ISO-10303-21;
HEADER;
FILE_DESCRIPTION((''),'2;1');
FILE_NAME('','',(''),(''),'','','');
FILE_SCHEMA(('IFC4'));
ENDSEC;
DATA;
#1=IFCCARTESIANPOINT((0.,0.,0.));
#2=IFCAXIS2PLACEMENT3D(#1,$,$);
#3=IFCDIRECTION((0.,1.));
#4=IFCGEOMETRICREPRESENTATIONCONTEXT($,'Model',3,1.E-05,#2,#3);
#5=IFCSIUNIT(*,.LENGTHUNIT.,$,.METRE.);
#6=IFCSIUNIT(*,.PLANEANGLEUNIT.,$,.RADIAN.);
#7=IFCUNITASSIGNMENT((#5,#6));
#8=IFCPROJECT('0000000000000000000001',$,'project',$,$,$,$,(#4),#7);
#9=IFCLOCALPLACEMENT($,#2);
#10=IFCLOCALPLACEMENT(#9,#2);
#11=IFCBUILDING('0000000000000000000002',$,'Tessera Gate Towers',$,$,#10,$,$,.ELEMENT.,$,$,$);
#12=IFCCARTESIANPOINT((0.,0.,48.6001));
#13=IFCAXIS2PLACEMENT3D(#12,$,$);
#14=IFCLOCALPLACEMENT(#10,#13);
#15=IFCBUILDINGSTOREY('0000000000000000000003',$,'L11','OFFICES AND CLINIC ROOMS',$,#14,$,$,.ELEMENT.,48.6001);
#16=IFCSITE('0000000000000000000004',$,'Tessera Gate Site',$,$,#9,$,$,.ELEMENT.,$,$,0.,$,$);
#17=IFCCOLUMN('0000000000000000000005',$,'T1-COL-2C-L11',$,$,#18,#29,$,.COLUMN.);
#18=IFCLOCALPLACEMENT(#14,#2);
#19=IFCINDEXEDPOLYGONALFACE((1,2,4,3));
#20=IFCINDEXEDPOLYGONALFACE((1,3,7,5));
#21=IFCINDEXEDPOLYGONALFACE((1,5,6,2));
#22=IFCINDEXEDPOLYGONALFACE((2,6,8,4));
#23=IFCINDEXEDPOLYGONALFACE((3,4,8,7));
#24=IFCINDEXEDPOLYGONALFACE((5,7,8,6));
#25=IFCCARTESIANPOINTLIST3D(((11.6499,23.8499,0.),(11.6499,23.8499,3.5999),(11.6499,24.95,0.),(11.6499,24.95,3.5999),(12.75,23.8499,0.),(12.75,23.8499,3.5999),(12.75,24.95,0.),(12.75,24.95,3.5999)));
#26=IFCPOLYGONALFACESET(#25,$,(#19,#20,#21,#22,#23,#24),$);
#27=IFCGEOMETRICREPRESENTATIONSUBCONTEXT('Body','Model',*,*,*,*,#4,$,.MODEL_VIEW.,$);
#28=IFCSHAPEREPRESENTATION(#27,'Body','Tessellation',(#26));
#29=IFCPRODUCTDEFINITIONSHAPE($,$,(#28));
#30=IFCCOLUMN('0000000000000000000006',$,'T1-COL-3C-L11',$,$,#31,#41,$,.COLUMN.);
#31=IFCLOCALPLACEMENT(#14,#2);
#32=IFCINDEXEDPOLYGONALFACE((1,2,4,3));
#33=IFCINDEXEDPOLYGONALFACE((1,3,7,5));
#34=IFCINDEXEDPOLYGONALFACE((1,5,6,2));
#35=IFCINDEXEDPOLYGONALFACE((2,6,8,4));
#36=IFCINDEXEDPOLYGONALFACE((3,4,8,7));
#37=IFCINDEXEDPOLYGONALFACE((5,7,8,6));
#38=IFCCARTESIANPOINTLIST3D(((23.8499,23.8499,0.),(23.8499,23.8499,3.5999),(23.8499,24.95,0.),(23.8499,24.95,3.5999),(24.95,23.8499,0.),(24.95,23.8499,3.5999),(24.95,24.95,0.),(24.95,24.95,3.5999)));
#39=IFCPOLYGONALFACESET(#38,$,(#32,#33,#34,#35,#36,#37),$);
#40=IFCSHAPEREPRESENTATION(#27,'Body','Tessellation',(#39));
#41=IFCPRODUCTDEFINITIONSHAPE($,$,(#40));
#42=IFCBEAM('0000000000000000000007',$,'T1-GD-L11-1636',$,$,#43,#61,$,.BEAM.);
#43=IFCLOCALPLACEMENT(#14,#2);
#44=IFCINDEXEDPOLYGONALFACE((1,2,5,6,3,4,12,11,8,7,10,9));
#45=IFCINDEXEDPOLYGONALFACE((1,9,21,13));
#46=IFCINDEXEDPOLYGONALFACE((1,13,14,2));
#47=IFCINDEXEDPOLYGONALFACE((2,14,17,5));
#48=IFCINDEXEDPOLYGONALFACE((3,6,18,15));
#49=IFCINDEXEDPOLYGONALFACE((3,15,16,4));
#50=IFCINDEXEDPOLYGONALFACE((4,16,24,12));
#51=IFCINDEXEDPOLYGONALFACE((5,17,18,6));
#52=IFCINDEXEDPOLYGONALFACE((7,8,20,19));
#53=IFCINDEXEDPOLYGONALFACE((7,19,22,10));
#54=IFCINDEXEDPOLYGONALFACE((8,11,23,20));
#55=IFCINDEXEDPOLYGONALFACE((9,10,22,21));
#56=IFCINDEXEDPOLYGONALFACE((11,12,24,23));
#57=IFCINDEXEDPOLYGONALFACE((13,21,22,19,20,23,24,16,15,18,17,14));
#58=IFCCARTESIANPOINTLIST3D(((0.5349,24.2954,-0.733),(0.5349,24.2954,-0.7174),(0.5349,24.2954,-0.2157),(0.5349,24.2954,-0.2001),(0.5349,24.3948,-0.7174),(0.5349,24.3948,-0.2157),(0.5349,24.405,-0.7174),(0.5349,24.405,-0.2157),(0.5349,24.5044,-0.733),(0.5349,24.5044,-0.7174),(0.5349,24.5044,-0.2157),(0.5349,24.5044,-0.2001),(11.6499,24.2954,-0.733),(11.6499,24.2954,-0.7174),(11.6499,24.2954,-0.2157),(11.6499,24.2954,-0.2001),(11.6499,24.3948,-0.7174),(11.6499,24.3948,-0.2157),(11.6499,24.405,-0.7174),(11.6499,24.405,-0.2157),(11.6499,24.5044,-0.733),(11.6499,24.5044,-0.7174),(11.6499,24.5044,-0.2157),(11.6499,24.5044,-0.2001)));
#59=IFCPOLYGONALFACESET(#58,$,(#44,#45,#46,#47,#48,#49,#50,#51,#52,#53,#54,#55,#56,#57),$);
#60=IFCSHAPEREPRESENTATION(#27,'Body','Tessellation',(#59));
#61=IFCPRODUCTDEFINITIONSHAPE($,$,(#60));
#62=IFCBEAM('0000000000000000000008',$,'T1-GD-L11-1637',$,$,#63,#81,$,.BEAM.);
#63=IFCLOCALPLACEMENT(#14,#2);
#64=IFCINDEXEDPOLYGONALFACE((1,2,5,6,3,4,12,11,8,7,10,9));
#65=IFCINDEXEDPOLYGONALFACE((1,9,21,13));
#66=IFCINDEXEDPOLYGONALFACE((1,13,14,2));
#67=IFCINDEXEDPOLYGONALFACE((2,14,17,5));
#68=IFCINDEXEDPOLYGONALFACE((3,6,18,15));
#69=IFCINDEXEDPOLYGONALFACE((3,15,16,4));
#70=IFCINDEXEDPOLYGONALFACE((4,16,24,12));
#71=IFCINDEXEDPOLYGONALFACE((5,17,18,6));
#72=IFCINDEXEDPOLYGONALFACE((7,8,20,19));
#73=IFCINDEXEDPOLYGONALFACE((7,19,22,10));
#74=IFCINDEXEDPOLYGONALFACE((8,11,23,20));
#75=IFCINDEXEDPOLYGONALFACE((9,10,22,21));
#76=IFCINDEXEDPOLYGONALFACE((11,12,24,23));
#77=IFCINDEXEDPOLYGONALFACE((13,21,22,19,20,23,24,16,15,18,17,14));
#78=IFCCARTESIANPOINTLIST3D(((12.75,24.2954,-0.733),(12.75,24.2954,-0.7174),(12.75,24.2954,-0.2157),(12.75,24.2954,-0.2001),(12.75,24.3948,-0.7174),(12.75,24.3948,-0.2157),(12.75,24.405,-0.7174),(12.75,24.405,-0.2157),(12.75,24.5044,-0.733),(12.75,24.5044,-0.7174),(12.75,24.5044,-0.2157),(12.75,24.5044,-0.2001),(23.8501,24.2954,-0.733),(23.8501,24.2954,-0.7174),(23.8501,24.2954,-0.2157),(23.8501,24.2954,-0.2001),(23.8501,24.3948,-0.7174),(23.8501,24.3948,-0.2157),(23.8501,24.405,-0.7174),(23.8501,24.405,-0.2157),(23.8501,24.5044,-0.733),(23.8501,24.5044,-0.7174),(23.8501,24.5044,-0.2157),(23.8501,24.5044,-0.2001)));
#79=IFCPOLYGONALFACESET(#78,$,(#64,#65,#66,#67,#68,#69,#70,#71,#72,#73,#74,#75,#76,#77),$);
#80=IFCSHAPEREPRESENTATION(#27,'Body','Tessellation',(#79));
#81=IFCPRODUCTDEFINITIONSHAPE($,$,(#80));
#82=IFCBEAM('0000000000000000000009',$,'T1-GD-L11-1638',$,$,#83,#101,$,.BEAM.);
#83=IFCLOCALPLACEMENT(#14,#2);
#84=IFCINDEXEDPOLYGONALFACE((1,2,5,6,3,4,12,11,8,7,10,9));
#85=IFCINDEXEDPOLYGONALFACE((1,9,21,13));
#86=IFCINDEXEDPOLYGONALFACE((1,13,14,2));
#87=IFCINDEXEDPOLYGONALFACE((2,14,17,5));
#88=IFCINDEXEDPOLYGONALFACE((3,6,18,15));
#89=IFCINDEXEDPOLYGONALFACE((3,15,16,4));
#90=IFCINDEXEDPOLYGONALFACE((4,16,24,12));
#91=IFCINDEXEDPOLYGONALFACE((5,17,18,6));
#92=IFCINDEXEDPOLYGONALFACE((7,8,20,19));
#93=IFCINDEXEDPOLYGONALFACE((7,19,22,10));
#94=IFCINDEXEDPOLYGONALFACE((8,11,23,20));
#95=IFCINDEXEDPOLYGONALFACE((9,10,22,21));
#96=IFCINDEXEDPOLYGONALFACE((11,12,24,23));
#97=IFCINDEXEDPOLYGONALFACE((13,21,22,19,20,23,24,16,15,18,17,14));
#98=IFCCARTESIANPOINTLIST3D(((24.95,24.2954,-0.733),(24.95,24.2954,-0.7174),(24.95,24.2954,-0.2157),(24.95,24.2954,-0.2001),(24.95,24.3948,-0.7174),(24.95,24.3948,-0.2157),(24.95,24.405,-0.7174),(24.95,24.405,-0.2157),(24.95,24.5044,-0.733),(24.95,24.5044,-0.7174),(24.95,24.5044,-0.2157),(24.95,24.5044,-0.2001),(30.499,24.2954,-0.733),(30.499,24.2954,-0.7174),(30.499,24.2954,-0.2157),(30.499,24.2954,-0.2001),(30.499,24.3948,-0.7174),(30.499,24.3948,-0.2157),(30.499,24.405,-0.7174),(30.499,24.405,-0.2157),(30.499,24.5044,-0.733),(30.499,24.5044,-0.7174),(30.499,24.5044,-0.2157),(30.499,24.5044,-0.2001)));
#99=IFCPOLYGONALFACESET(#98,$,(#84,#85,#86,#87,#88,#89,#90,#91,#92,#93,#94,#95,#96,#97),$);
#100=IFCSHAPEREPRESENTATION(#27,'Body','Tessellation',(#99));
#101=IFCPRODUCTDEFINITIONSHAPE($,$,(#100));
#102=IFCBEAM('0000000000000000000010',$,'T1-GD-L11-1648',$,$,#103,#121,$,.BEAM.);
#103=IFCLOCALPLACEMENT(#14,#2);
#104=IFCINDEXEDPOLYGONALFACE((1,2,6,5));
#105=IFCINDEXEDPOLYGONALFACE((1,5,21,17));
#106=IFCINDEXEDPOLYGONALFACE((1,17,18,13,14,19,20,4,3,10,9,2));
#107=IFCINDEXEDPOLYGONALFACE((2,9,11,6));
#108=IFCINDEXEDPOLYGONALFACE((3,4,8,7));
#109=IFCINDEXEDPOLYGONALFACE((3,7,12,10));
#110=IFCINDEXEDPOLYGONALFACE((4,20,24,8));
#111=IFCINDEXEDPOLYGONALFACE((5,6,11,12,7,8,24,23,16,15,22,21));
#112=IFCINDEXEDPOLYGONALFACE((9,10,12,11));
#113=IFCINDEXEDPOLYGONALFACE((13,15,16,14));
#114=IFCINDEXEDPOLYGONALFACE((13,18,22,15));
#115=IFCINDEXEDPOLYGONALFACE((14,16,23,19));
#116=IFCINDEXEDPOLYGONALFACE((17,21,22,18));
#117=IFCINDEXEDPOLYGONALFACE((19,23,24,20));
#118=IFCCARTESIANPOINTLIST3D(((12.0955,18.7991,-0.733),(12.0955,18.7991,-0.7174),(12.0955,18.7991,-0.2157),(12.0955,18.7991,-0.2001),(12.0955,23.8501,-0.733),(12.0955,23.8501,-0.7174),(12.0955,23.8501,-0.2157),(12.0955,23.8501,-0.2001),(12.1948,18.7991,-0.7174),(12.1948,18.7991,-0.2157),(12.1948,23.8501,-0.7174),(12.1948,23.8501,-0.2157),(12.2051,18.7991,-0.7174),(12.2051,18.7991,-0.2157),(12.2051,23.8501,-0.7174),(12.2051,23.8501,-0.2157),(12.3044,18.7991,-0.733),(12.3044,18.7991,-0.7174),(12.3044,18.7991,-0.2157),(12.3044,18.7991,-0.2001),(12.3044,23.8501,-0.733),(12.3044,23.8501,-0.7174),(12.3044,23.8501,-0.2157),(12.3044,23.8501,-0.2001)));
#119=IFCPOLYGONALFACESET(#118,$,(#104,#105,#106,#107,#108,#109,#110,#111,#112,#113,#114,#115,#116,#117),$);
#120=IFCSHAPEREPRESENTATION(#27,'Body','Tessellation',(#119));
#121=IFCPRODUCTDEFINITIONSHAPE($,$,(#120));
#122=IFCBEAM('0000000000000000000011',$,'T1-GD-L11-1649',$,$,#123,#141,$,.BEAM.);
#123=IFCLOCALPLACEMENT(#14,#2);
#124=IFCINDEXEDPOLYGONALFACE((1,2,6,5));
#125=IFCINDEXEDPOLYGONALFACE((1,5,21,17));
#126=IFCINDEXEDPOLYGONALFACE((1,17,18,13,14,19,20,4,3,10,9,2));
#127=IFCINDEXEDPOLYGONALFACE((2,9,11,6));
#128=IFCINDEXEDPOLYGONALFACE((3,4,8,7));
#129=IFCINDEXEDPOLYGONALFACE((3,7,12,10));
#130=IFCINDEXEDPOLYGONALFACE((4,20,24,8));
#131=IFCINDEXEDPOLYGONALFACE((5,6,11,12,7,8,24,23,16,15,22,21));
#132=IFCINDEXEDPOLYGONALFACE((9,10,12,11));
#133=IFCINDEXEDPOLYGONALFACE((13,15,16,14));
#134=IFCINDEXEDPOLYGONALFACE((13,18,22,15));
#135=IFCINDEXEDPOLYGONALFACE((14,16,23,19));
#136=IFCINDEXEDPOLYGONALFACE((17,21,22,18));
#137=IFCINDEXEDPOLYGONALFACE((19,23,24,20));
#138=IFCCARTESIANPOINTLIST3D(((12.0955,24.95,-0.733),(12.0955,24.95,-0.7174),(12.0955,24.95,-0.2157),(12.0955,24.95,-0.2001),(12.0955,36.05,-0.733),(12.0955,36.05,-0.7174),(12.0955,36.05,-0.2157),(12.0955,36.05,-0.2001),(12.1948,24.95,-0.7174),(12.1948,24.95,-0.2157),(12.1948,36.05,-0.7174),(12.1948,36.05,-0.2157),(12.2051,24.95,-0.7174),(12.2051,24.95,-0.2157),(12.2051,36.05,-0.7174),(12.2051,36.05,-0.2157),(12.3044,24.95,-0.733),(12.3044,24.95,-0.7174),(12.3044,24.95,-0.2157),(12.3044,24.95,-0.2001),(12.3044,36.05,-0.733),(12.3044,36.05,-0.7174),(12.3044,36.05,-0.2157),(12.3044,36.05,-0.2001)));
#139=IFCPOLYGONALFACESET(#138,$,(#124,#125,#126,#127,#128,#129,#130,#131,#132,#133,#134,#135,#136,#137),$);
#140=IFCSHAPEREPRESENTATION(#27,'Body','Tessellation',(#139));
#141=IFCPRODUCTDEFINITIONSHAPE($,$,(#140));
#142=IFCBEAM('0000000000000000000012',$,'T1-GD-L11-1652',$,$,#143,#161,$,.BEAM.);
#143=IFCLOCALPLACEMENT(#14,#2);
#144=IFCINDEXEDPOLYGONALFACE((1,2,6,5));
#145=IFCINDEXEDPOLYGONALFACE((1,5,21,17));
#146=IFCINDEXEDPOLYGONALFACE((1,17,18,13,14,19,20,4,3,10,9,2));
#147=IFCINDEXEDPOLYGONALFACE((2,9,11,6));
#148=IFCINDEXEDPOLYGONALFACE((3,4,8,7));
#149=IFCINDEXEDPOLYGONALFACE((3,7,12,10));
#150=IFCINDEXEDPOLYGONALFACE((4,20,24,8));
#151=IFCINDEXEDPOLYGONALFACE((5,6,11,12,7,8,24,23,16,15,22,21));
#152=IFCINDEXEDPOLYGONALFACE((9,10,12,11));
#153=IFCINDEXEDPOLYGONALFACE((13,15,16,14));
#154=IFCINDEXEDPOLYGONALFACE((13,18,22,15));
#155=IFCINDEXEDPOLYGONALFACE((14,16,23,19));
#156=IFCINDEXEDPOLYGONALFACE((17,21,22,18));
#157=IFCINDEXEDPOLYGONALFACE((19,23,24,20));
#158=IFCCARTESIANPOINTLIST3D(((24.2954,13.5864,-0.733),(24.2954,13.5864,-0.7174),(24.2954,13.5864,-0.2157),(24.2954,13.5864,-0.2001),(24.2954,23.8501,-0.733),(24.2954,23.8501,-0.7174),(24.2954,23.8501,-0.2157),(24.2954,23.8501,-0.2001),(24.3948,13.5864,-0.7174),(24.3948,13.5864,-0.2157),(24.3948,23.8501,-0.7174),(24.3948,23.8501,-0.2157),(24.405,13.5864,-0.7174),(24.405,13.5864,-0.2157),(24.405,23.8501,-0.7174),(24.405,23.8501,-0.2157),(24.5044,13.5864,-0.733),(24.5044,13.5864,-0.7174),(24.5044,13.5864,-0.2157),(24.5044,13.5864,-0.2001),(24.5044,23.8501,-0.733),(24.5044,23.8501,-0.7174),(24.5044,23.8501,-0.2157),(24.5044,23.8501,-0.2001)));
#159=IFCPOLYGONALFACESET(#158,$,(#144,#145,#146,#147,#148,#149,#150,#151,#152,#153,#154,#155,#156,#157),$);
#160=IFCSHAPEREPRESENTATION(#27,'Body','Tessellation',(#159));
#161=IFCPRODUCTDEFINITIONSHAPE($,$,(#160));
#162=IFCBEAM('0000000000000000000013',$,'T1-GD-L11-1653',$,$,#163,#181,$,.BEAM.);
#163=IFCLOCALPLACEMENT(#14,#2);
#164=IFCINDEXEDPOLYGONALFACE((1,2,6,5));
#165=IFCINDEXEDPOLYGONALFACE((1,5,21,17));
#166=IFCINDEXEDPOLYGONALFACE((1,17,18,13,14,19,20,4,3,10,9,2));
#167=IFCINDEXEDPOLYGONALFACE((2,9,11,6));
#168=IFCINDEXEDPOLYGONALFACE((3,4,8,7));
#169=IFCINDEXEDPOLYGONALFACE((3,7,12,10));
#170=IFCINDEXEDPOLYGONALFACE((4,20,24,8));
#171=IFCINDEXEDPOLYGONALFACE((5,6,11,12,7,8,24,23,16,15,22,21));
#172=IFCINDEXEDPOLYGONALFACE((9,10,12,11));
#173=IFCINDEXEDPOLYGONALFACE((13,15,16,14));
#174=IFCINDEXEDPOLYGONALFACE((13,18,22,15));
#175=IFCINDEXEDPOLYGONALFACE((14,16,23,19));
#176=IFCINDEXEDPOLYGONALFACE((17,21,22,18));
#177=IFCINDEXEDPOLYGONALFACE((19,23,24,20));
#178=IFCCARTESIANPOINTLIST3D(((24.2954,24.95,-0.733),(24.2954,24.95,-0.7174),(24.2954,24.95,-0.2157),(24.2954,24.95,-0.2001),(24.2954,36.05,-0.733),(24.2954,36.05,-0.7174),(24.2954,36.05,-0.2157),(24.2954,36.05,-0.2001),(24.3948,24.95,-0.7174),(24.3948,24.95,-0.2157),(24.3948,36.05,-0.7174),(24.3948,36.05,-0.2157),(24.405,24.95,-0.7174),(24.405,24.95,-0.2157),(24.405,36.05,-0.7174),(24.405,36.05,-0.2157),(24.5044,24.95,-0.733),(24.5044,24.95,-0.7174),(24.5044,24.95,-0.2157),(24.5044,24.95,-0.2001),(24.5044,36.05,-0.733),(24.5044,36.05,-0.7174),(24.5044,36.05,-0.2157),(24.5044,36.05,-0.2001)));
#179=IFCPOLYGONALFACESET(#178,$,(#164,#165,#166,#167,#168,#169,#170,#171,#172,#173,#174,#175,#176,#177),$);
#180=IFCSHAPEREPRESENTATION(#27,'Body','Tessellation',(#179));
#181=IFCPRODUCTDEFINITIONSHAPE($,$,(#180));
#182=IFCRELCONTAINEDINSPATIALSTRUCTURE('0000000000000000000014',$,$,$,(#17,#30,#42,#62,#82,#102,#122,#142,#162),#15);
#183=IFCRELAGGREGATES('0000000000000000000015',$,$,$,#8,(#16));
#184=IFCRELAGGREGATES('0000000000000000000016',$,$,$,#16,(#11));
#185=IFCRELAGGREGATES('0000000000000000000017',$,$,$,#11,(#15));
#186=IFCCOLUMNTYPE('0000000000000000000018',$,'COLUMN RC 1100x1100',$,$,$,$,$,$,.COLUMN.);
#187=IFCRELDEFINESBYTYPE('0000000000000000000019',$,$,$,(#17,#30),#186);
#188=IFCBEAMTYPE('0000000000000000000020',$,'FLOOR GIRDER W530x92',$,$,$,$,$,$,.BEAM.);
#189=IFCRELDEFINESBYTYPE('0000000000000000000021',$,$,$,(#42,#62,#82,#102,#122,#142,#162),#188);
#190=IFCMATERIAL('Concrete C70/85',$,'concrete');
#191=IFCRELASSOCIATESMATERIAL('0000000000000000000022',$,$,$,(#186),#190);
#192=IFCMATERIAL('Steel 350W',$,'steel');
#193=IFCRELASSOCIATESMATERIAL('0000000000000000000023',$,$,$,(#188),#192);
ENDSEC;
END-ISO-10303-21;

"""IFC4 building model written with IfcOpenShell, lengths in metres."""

from ifc_helpers import new_model, si_unit, direction, frame, origin, origin_2d, place, context, subcontext, project, spatial, rectangle, i_section, extrude, material, material_profile, profile_set, type_object, element, save


model = new_model("IFC4")

# Units and contexts
model_context = context("Model", 3, precision=1e-05, world=origin(), true_north=direction((0.0, 1.0)))
body_context = subcontext(model_context, "Body", "Model", "MODEL_VIEW")
ifc_project = project(units=[si_unit("LENGTHUNIT", "METRE"), si_unit("PLANEANGLEUNIT", "RADIAN")], contexts=[model_context])

# Site, building, storey
site_placement = place(None, origin())
site = spatial("IfcSite", under=ifc_project, at=site_placement, Name="Tessera Gate Site", CompositionType="ELEMENT", RefElevation=0.0)
building_placement = place(site_placement, origin())
building = spatial("IfcBuilding", under=site, at=building_placement, Name="Tessera Gate Towers", CompositionType="ELEMENT")
storey_placement = place(building_placement, frame((0.0, 0.0, 48.6001)))
storey = spatial("IfcBuildingStorey", under=building, at=storey_placement, Name="L11", Description="OFFICES AND CLINIC ROOMS", CompositionType="ELEMENT", Elevation=48.6001)

# Columns
ifc_material_1 = material(Name="Concrete C70/85", Category="concrete")
ifc_material_profile_1 = material_profile(ifc_material_1, rectangle(XDim=1.1001, YDim=1.1001, at=origin_2d()), Name="RC 1100x1100")
ifc_profile_set_1 = profile_set([ifc_material_profile_1], Name="Concrete C70/85")
column_type = type_object("IfcColumnType", Name="COLUMN RC 1100x1100", PredefinedType="COLUMN", material=ifc_profile_set_1)
for number, where, z_axis, x_axis, name in (
    (1, (12.2, 24.3999, 0.0), (0.0, 0.0, 1.0), (1.0, 0.0, 0.0), "T1-COL-2C-L11"),
    (2, (24.3999, 24.3999, 0.0), (0.0, 0.0, 1.0), (1.0, 0.0, 0.0), "T1-COL-3C-L11"),
):
    element("IfcColumn", number, at=place(storey_placement, frame(where, z_axis=z_axis, x_axis=x_axis)), inside=storey, type_object=column_type, Name=name, PredefinedType="COLUMN", context=body_context, shape_type="SweptSolid", body=[
        extrude(rectangle(XDim=1.1001, YDim=1.1001, at=origin_2d()), origin(), (0.0, 0.0, 1.0), 3.5999),
    ])

# Beams
ifc_material_2 = material(Name="Steel 350W", Category="steel")
ifc_material_profile_2 = material_profile(ifc_material_2, i_section(OverallWidth=0.209, OverallDepth=0.533, WebThickness=0.0103, FlangeThickness=0.0156, at=origin_2d()), Name="W530x92")
ifc_profile_set_2 = profile_set([ifc_material_profile_2], Name="Steel 350W")
beam_type_1 = type_object("IfcBeamType", Name="FLOOR GIRDER W530x92", PredefinedType="BEAM", material=ifc_profile_set_2)
beam_1_placement = place(storey_placement, frame((0.5349, 24.3999, -0.4666), z_axis=(1.0, 0.0, 0.0), x_axis=(0.0, 1.0, 0.0)))
element("IfcBeam", 3, at=beam_1_placement, inside=storey, type_object=beam_type_1, Name="T1-GD-L11-1636", PredefinedType="BEAM", context=body_context, shape_type="SweptSolid", body=[
    extrude(i_section(OverallWidth=0.209, OverallDepth=0.533, WebThickness=0.0103, FlangeThickness=0.0156, at=origin_2d()), origin(), (0.0, 0.0, 1.0), 11.115),
])
beam_2_placement = place(storey_placement, frame((12.75, 24.3999, -0.4666), z_axis=(1.0, 0.0, 0.0), x_axis=(0.0, 1.0, 0.0)))
element("IfcBeam", 4, at=beam_2_placement, inside=storey, type_object=beam_type_1, Name="T1-GD-L11-1637", PredefinedType="BEAM", context=body_context, shape_type="SweptSolid", body=[
    extrude(i_section(OverallWidth=0.209, OverallDepth=0.533, WebThickness=0.0103, FlangeThickness=0.0156, at=origin_2d()), origin(), (0.0, 0.0, 1.0), 11.1001),
])
beam_3_placement = place(storey_placement, frame((24.95, 24.3999, -0.4666), z_axis=(1.0, 0.0, 0.0), x_axis=(0.0, 1.0, 0.0)))
element("IfcBeam", 5, at=beam_3_placement, inside=storey, type_object=beam_type_1, Name="T1-GD-L11-1638", PredefinedType="BEAM", context=body_context, shape_type="SweptSolid", body=[
    extrude(i_section(OverallWidth=0.209, OverallDepth=0.533, WebThickness=0.0103, FlangeThickness=0.0156, at=origin_2d()), origin(), (0.0, 0.0, 1.0), 5.5491),
])
beam_4_placement = place(storey_placement, frame((12.2, 18.7991, -0.4666), z_axis=(0.0, 1.0, 0.0), x_axis=(-1.0, 0.0, 0.0)))
element("IfcBeam", 6, at=beam_4_placement, inside=storey, type_object=beam_type_1, Name="T1-GD-L11-1648", PredefinedType="BEAM", context=body_context, shape_type="SweptSolid", body=[
    extrude(i_section(OverallWidth=0.209, OverallDepth=0.533, WebThickness=0.0103, FlangeThickness=0.0156, at=origin_2d()), origin(), (0.0, 0.0, 1.0), 5.051),
])
beam_5_placement = place(storey_placement, frame((12.2, 24.95, -0.4666), z_axis=(0.0, 1.0, 0.0), x_axis=(-1.0, 0.0, 0.0)))
element("IfcBeam", 7, at=beam_5_placement, inside=storey, type_object=beam_type_1, Name="T1-GD-L11-1649", PredefinedType="BEAM", context=body_context, shape_type="SweptSolid", body=[
    extrude(i_section(OverallWidth=0.209, OverallDepth=0.533, WebThickness=0.0103, FlangeThickness=0.0156, at=origin_2d()), origin(), (0.0, 0.0, 1.0), 11.1001),
])
beam_6_placement = place(storey_placement, frame((24.3999, 13.5864, -0.4666), z_axis=(0.0, 1.0, 0.0), x_axis=(-1.0, 0.0, 0.0)))
element("IfcBeam", 8, at=beam_6_placement, inside=storey, type_object=beam_type_1, Name="T1-GD-L11-1652", PredefinedType="BEAM", context=body_context, shape_type="SweptSolid", body=[
    extrude(i_section(OverallWidth=0.209, OverallDepth=0.533, WebThickness=0.0103, FlangeThickness=0.0156, at=origin_2d()), origin(), (0.0, 0.0, 1.0), 10.2637),
])
beam_7_placement = place(storey_placement, frame((24.3999, 24.95, -0.4666), z_axis=(0.0, 1.0, 0.0), x_axis=(-1.0, 0.0, 0.0)))
element("IfcBeam", 9, at=beam_7_placement, inside=storey, type_object=beam_type_1, Name="T1-GD-L11-1653", PredefinedType="BEAM", context=body_context, shape_type="SweptSolid", body=[
    extrude(i_section(OverallWidth=0.209, OverallDepth=0.533, WebThickness=0.0103, FlangeThickness=0.0156, at=origin_2d()), origin(), (0.0, 0.0, 1.0), 11.1001),
])

save(model, "model.ifc")
